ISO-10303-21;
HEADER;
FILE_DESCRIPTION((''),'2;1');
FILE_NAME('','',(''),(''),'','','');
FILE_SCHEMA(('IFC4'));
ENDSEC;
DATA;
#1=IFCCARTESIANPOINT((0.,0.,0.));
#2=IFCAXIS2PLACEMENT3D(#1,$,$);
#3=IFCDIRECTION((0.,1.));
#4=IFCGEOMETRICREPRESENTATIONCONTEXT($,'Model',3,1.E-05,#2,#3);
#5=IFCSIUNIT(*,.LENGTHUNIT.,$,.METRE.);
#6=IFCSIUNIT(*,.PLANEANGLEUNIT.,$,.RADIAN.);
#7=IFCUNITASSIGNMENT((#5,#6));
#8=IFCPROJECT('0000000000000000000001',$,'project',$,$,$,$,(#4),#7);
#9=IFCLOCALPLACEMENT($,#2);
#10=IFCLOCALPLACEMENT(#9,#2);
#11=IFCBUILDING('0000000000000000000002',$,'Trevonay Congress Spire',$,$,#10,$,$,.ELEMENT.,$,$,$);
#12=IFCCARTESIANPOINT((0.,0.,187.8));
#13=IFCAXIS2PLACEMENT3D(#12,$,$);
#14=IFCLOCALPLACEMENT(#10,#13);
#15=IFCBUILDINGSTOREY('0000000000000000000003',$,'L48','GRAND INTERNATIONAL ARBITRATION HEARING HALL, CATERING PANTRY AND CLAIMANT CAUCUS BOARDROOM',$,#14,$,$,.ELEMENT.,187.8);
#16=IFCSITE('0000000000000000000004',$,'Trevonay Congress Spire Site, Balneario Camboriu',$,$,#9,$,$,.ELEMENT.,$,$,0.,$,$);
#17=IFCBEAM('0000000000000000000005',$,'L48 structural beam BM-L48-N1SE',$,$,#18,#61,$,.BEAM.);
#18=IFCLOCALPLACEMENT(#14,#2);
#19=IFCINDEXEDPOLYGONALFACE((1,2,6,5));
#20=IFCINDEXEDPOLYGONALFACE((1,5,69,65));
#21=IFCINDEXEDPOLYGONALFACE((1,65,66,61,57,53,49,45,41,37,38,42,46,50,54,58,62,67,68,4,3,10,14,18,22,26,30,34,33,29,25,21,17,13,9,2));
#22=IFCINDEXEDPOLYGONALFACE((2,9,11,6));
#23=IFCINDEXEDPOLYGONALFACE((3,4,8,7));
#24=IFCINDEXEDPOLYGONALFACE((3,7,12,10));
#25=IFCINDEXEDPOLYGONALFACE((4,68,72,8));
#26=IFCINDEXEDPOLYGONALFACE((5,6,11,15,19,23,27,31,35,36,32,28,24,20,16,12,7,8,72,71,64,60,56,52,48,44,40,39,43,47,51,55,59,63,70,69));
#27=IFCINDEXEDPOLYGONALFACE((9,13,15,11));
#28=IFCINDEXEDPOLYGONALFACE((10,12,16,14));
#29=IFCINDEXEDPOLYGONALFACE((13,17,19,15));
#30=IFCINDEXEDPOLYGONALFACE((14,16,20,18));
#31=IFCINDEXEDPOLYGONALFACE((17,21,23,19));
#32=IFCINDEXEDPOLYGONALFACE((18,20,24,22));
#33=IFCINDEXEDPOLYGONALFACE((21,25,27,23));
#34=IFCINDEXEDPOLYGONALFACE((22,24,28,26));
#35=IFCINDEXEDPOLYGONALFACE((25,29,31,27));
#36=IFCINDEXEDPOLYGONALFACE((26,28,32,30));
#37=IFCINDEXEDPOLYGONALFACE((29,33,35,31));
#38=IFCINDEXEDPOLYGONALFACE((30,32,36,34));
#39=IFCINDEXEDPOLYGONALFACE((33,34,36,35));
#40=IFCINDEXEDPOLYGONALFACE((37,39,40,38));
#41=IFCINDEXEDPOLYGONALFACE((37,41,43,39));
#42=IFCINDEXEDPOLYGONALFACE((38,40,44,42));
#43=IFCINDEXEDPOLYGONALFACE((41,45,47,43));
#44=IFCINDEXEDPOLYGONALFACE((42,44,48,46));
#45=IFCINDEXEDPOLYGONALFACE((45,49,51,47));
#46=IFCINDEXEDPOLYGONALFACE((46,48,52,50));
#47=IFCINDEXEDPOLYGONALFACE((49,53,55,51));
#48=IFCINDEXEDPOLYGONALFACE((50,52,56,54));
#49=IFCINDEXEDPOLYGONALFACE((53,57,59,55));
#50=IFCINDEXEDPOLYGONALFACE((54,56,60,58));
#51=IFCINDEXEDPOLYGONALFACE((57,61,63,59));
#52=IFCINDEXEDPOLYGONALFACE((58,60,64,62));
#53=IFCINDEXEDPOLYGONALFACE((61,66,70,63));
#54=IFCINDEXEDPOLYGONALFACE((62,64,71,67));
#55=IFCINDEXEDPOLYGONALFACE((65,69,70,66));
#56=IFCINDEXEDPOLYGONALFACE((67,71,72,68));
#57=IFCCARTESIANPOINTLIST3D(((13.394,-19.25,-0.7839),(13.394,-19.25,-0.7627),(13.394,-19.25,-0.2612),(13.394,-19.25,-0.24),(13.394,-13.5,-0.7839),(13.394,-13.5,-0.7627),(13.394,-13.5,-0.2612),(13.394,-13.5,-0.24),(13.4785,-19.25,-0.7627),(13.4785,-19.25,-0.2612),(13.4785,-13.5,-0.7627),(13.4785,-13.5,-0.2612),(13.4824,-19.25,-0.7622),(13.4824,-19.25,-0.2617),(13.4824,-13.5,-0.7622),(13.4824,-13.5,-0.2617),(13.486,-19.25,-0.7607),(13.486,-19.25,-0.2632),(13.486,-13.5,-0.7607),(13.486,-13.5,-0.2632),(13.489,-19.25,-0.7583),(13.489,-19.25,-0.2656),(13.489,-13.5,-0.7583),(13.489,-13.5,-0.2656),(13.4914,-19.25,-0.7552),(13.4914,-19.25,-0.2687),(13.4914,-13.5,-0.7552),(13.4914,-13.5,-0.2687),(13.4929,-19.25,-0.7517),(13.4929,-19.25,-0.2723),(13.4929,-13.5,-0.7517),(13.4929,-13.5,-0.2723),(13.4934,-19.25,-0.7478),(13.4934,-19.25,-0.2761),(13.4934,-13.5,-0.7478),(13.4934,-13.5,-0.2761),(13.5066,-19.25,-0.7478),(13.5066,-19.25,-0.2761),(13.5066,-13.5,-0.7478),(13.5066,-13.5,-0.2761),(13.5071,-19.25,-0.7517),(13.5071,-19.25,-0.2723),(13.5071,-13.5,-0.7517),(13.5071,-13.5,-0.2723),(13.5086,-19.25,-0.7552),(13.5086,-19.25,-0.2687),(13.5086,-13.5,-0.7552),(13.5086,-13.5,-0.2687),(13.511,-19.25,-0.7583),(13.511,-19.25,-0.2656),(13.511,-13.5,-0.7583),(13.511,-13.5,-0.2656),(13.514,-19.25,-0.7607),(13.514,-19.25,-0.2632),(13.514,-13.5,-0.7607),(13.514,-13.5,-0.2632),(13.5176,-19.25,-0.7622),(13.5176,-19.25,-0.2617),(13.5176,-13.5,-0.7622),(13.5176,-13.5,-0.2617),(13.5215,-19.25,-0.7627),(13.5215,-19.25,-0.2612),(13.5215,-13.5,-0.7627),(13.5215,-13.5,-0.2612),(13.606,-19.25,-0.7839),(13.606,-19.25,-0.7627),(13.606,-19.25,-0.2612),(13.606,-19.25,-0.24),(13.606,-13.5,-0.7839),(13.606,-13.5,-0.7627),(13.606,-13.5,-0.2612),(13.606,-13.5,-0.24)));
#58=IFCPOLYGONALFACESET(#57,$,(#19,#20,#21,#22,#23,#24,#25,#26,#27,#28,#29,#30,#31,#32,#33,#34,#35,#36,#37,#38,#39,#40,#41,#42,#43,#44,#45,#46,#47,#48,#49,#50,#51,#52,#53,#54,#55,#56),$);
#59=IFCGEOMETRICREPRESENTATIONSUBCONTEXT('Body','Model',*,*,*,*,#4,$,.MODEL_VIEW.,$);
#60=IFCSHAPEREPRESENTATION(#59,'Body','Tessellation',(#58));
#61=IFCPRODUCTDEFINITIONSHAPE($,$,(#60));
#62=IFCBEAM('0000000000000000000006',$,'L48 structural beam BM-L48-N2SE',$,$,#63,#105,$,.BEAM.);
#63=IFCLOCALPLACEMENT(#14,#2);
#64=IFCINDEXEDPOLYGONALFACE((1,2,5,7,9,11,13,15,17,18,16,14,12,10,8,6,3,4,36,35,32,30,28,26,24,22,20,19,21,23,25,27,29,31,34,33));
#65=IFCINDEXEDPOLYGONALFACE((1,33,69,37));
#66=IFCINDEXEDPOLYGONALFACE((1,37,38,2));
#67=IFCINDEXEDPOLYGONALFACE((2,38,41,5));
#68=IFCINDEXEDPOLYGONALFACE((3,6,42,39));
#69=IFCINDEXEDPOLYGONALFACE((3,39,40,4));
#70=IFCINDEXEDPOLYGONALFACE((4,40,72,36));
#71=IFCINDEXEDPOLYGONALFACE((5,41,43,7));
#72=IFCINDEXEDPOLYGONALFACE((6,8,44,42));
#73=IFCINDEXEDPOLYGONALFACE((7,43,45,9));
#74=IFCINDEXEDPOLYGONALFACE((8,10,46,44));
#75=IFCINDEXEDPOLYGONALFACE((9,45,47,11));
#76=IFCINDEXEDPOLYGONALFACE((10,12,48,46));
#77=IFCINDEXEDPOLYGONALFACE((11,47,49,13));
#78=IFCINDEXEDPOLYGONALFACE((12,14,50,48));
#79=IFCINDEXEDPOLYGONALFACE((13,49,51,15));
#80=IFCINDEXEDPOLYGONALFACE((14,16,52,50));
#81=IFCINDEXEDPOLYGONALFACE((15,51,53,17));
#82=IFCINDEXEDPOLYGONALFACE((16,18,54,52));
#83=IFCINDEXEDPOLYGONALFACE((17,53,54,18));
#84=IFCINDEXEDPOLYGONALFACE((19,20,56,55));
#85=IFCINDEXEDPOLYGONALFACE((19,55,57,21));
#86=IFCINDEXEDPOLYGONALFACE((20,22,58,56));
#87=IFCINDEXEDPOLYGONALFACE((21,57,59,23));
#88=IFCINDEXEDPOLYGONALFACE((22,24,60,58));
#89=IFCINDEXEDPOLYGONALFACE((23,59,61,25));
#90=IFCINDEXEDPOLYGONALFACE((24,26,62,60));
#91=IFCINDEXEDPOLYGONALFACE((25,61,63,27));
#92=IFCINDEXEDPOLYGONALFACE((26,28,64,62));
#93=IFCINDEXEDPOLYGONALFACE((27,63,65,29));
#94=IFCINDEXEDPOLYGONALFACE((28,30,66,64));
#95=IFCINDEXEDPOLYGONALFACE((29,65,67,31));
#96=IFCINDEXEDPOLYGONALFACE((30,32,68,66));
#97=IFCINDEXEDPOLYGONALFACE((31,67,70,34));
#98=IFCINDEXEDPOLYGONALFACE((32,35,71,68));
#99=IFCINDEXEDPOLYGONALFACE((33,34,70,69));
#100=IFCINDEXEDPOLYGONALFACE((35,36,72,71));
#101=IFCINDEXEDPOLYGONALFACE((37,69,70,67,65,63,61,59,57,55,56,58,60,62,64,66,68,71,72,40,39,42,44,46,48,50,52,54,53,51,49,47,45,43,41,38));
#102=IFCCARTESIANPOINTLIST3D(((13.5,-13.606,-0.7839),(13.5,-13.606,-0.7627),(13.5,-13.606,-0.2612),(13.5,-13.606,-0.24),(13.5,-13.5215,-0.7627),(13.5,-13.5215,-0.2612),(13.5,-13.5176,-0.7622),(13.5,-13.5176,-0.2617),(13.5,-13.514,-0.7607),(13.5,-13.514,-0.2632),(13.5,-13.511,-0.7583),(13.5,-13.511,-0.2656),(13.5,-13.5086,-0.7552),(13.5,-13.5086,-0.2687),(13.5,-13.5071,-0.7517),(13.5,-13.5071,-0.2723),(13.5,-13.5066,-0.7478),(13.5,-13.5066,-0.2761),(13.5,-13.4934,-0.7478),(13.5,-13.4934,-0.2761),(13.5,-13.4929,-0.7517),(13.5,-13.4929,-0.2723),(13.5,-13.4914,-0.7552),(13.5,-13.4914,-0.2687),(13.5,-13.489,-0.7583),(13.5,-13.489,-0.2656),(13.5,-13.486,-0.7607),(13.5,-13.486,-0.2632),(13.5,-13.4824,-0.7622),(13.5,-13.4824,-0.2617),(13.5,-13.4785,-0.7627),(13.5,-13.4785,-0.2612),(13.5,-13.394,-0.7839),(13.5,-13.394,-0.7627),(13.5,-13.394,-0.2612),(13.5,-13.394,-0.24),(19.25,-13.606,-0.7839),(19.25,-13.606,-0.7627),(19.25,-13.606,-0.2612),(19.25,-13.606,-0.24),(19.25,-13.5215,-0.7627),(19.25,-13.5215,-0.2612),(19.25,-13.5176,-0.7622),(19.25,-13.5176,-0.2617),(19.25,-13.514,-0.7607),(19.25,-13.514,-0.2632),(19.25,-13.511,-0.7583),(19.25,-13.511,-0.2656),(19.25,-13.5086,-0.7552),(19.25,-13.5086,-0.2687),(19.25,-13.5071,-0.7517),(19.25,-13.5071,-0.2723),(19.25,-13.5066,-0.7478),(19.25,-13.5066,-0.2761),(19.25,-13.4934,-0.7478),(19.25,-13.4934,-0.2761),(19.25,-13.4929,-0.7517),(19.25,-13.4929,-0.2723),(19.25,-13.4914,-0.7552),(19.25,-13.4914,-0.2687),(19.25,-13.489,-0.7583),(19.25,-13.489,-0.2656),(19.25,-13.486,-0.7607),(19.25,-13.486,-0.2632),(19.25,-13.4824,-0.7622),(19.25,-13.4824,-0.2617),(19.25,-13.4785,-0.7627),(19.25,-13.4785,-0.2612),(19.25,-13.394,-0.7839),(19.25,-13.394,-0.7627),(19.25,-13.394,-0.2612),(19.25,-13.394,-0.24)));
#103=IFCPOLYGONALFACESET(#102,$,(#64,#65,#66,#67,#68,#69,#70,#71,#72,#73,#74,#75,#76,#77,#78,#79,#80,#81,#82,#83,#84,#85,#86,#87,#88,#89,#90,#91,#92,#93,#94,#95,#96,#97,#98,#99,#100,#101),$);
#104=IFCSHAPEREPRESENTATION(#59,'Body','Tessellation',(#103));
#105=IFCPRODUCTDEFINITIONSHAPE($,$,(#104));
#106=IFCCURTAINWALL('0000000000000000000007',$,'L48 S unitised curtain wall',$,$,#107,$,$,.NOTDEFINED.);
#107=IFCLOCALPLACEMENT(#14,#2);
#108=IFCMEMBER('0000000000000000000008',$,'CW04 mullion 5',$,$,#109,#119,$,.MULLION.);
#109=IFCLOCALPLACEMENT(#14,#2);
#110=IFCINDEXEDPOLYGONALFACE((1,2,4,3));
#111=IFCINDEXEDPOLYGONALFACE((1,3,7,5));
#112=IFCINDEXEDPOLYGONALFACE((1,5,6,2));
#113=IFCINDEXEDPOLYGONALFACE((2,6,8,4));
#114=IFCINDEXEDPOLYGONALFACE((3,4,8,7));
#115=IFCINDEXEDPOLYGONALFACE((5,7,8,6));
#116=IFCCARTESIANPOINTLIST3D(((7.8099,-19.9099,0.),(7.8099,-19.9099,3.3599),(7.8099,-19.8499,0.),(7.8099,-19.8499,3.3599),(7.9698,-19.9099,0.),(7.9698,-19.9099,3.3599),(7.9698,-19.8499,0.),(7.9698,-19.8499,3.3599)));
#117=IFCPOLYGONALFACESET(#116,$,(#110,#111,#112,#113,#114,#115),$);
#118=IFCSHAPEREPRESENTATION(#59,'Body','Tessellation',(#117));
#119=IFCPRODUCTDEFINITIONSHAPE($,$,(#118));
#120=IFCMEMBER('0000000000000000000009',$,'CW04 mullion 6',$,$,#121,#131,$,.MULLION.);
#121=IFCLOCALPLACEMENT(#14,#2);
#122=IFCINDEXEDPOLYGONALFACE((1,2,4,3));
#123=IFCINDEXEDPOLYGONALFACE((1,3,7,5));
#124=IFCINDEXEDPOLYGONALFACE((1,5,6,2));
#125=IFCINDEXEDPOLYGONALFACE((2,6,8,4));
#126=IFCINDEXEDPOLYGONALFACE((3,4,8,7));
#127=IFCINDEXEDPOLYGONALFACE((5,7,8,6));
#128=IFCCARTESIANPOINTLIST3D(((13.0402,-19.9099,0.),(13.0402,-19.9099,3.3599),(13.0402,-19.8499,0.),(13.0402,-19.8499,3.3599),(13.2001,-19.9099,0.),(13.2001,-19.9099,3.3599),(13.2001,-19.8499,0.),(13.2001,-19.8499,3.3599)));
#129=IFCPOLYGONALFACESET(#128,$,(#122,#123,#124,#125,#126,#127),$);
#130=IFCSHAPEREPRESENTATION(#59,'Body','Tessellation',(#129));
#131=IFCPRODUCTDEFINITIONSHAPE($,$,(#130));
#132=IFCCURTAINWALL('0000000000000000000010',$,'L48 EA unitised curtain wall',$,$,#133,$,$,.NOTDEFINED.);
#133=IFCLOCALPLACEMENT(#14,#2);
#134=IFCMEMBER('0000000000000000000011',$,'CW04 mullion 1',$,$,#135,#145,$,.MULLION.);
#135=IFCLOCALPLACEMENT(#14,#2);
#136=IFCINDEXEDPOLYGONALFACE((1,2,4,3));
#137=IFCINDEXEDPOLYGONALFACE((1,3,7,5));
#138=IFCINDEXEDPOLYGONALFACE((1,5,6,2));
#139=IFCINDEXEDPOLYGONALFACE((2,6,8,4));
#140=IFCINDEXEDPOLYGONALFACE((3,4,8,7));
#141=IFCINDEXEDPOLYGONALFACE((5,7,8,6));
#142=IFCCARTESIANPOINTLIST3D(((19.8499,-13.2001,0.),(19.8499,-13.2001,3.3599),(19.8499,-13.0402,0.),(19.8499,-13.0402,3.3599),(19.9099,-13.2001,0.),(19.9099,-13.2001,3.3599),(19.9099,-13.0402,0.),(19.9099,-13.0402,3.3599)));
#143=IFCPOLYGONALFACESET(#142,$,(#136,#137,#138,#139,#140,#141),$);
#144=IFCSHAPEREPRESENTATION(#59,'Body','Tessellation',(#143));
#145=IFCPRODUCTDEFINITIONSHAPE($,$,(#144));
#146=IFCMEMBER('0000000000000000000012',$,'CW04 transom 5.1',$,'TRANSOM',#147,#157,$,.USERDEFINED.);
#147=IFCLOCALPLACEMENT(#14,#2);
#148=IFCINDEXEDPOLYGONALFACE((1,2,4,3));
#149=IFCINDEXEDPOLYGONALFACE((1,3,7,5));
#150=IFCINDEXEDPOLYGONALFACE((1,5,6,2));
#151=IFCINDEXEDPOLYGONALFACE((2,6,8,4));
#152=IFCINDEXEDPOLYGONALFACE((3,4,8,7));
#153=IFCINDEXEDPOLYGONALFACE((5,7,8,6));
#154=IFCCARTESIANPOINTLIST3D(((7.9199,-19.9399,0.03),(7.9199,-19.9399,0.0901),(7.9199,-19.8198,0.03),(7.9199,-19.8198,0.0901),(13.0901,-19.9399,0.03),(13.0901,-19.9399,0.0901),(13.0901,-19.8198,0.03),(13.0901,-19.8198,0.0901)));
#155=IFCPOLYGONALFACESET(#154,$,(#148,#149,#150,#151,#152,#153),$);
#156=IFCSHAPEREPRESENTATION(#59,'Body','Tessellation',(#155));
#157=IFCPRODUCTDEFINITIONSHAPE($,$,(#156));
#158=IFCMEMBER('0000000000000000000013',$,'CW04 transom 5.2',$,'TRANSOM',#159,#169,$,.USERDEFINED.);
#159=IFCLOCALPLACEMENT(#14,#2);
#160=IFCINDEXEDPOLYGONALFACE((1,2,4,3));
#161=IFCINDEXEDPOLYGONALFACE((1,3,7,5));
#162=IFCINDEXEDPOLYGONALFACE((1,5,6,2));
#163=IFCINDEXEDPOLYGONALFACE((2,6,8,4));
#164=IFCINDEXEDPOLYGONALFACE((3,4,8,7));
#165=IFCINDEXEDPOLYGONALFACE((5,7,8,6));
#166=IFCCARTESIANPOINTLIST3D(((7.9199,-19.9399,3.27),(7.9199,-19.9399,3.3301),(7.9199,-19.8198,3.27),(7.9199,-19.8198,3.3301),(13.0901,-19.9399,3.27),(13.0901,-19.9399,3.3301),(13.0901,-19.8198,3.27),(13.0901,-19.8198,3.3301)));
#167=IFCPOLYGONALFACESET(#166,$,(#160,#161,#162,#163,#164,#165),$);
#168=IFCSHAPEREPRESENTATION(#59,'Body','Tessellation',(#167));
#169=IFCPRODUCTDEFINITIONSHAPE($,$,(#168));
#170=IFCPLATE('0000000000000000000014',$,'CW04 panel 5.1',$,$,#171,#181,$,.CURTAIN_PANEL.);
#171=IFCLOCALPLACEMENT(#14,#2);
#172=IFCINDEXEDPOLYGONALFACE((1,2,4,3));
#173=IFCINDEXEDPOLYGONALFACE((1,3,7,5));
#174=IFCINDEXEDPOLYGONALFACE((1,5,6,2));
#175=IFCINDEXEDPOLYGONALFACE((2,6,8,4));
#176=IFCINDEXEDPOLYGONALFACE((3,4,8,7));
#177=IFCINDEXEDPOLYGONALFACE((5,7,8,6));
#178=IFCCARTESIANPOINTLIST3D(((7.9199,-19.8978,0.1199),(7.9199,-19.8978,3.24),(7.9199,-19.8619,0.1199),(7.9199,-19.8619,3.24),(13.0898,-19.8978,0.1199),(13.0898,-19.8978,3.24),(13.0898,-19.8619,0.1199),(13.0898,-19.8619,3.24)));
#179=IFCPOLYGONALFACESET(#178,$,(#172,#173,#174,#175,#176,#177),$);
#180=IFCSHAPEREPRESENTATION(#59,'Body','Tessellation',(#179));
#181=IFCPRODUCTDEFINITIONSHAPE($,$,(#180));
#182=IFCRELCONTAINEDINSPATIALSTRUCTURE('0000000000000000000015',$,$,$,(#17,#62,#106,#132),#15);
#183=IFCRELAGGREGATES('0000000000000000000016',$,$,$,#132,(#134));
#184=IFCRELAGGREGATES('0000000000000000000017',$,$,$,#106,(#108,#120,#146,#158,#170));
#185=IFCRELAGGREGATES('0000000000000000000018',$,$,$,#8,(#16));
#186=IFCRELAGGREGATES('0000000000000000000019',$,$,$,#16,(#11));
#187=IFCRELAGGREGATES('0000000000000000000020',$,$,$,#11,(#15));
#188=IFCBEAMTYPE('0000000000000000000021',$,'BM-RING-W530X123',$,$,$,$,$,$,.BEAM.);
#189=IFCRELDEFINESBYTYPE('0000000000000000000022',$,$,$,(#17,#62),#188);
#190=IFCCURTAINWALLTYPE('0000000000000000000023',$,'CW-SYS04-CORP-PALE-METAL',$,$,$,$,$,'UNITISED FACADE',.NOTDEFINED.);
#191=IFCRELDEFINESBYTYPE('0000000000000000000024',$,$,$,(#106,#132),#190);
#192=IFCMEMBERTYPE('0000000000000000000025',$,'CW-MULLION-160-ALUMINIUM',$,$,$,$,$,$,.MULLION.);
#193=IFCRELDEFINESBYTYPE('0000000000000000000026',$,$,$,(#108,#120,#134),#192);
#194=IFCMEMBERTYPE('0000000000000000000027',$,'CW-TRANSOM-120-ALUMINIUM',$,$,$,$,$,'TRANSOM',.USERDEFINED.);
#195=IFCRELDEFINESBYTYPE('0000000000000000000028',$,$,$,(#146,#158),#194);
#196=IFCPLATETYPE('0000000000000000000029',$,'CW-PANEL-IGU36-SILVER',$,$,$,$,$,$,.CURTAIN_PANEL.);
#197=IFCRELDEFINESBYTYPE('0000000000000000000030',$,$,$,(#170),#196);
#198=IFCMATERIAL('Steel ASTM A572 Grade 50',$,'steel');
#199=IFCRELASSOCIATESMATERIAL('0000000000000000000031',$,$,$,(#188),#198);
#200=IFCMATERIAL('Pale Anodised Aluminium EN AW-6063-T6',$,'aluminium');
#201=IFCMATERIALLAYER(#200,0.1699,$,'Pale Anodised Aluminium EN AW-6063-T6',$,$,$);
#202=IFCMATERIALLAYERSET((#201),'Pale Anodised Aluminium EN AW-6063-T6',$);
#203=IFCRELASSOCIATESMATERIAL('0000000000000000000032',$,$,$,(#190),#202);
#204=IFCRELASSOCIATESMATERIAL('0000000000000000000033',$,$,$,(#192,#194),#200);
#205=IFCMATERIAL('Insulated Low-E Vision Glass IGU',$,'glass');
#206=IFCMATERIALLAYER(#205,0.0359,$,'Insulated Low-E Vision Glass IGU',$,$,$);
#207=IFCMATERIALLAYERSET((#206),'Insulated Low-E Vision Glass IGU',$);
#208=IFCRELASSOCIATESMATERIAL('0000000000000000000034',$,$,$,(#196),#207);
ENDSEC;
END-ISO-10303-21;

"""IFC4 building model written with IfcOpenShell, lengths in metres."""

from ifc_helpers import new_model, si_unit, direction, frame, origin, origin_2d, place, context, subcontext, project, spatial, rectangle, i_section, extrude, material, layer, layer_set, material_profile, profile_set, type_object, element, aggregate, save


model = new_model("IFC4")

# Units and contexts
model_context = context("Model", 3, precision=1e-05, world=origin(), true_north=direction((0.0, 1.0)))
body_context = subcontext(model_context, "Body", "Model", "MODEL_VIEW")
ifc_project = project(units=[si_unit("LENGTHUNIT", "METRE"), si_unit("PLANEANGLEUNIT", "RADIAN")], contexts=[model_context])

# Site, building, storey
site_placement = place(None, origin())
site = spatial("IfcSite", under=ifc_project, at=site_placement, Name="Trevonay Congress Spire Site, Balneario Camboriu", CompositionType="ELEMENT", RefElevation=0.0)
building_placement = place(site_placement, origin())
building = spatial("IfcBuilding", under=site, at=building_placement, Name="Trevonay Congress Spire", CompositionType="ELEMENT")
storey_placement = place(building_placement, frame((0.0, 0.0, 187.8)))
storey = spatial("IfcBuildingStorey", under=building, at=storey_placement, Name="L48", Description="GRAND INTERNATIONAL ARBITRATION HEARING HALL, CATERING PANTRY AND CLAIMANT CAUCUS BOARDROOM", CompositionType="ELEMENT", Elevation=187.8)

# Shared definitions
ifc_material_1 = material(Name="Steel ASTM A572 Grade 50", Category="steel")

# Beams
ifc_material_profile_1 = material_profile(ifc_material_1, i_section(OverallWidth=0.2119, OverallDepth=0.5439, WebThickness=0.0132, FlangeThickness=0.0212, FilletRadius=0.0149, at=origin_2d()), Name="W530x123")
ifc_profile_set_1 = profile_set([ifc_material_profile_1], Name="Steel ASTM A572 Grade 50")
beam_type = type_object("IfcBeamType", Name="BM-RING-W530X123", PredefinedType="BEAM", material=ifc_profile_set_1)
for number, where, z_axis, x_axis, name in (
    (1, (13.5, -19.25, -0.512), (0.0, 1.0, 0.0), (-1.0, 0.0, 0.0), "L48 structural beam BM-L48-N1SE"),
    (2, (19.25, -13.5, -0.512), (-1.0, 0.0, 0.0), (0.0, -1.0, 0.0), "L48 structural beam BM-L48-N2SE"),
):
    element("IfcBeam", number, at=place(storey_placement, frame(where, z_axis=z_axis, x_axis=x_axis)), inside=storey, type_object=beam_type, Name=name, PredefinedType="BEAM", context=body_context, shape_type="SweptSolid", body=[
        extrude(i_section(OverallWidth=0.2119, OverallDepth=0.5439, WebThickness=0.0132, FlangeThickness=0.0212, FilletRadius=0.0149, at=origin_2d()), origin(), (0.0, 0.0, 1.0), 5.75),
    ])

# Curtain wall, members
ifc_material_2 = material(Name="Pale Anodised Aluminium EN AW-6063-T6", Category="aluminium")
ifc_layer_1 = layer(ifc_material_2, 0.1699, Name="Pale Anodised Aluminium EN AW-6063-T6")
ifc_layer_set_1 = layer_set([ifc_layer_1], Name="Pale Anodised Aluminium EN AW-6063-T6")
curtain_wall_type = type_object("IfcCurtainWallType", Name="CW-SYS04-CORP-PALE-METAL", ElementType="UNITISED FACADE", PredefinedType="NOTDEFINED", material=ifc_layer_set_1)
curtain_wall_1_placement = place(storey_placement, origin())
curtain_wall_1 = element("IfcCurtainWall", 3, at=curtain_wall_1_placement, inside=storey, type_object=curtain_wall_type, Name="L48 S unitised curtain wall", PredefinedType="NOTDEFINED")
ifc_material_profile_2 = material_profile(ifc_material_2, rectangle(XDim=0.0601, YDim=0.1599, at=origin_2d()), Name="CW-MULLION-160-ALUMINIUM")
ifc_profile_set_2 = profile_set([ifc_material_profile_2], Name="Pale Anodised Aluminium EN AW-6063-T6")
member_type_1 = type_object("IfcMemberType", Name="CW-MULLION-160-ALUMINIUM", PredefinedType="MULLION", material=ifc_profile_set_2)
member_1_placement = place(storey_placement, frame((7.8899, -19.8799, 0.0), z_axis=(0.0, 0.0, 1.0), x_axis=(0.0, 1.0, 0.0)))
member_1 = element("IfcMember", 4, at=member_1_placement, type_object=member_type_1, Name="CW04 mullion 5", PredefinedType="MULLION", context=body_context, shape_type="SweptSolid", body=[
    extrude(rectangle(XDim=0.0601, YDim=0.1599, at=origin_2d()), origin(), (0.0, 0.0, 1.0), 3.3599),
])
member_2_placement = place(storey_placement, frame((13.1201, -19.8799, 0.0), z_axis=(0.0, 0.0, 1.0), x_axis=(0.0, 1.0, 0.0)))
member_2 = element("IfcMember", 5, at=member_2_placement, type_object=member_type_1, Name="CW04 mullion 6", PredefinedType="MULLION", context=body_context, shape_type="SweptSolid", body=[
    extrude(rectangle(XDim=0.0601, YDim=0.1599, at=origin_2d()), origin(), (0.0, 0.0, 1.0), 3.3599),
])

# Curtain wall, member
curtain_wall_2_placement = place(storey_placement, origin())
curtain_wall_2 = element("IfcCurtainWall", 6, at=curtain_wall_2_placement, inside=storey, type_object=curtain_wall_type, Name="L48 EA unitised curtain wall", PredefinedType="NOTDEFINED")
member_3_placement = place(storey_placement, frame((19.8799, -13.1201, 0.0), z_axis=(0.0, 0.0, 1.0), x_axis=(-1.0, 0.0, 0.0)))
member_3 = element("IfcMember", 7, at=member_3_placement, type_object=member_type_1, Name="CW04 mullion 1", PredefinedType="MULLION", context=body_context, shape_type="SweptSolid", body=[
    extrude(rectangle(XDim=0.0601, YDim=0.1599, at=origin_2d()), origin(), (0.0, 0.0, 1.0), 3.3599),
])
aggregate(curtain_wall_2, [member_3])

# Members
ifc_material_profile_3 = material_profile(ifc_material_2, rectangle(XDim=0.1201, YDim=0.0601, at=origin_2d()), Name="CW-TRANSOM-120-ALUMINIUM")
ifc_profile_set_3 = profile_set([ifc_material_profile_3], Name="Pale Anodised Aluminium EN AW-6063-T6")
member_type_2 = type_object("IfcMemberType", Name="CW-TRANSOM-120-ALUMINIUM", ElementType="TRANSOM", PredefinedType="USERDEFINED", material=ifc_profile_set_3)
member_4_placement = place(storey_placement, frame((7.9199, -19.8799, 0.0601), z_axis=(1.0, 0.0, 0.0), x_axis=(0.0, 1.0, 0.0)))
member_4 = element("IfcMember", 8, at=member_4_placement, type_object=member_type_2, Name="CW04 transom 5.1", ObjectType="TRANSOM", PredefinedType="USERDEFINED", context=body_context, shape_type="SweptSolid", body=[
    extrude(rectangle(XDim=0.1201, YDim=0.0601, at=origin_2d()), origin(), (0.0, 0.0, 1.0), 5.1702),
])
member_5_placement = place(storey_placement, frame((7.9199, -19.8799, 3.3), z_axis=(1.0, 0.0, 0.0), x_axis=(0.0, 1.0, 0.0)))
member_5 = element("IfcMember", 9, at=member_5_placement, type_object=member_type_2, Name="CW04 transom 5.2", ObjectType="TRANSOM", PredefinedType="USERDEFINED", context=body_context, shape_type="SweptSolid", body=[
    extrude(rectangle(XDim=0.1201, YDim=0.0601, at=origin_2d()), origin(), (0.0, 0.0, 1.0), 5.1702),
])

# Plate
ifc_material_3 = material(Name="Insulated Low-E Vision Glass IGU", Category="glass")
ifc_layer_2 = layer(ifc_material_3, 0.0359, Name="Insulated Low-E Vision Glass IGU")
ifc_layer_set_2 = layer_set([ifc_layer_2], Name="Insulated Low-E Vision Glass IGU")
plate_type = type_object("IfcPlateType", Name="CW-PANEL-IGU36-SILVER", PredefinedType="CURTAIN_PANEL", material=ifc_layer_set_2)
plate_placement = place(storey_placement, frame((10.5049, -19.8799, 0.1199), z_axis=(0.0, 0.0, 1.0), x_axis=(1.0, 0.0, 0.0)))
plate = element("IfcPlate", 10, at=plate_placement, type_object=plate_type, Name="CW04 panel 5.1", PredefinedType="CURTAIN_PANEL", context=body_context, shape_type="SweptSolid", body=[
    extrude(rectangle(XDim=5.1699, YDim=0.0359, at=origin_2d()), origin(), (0.0, 0.0, 1.0), 3.1201),
])
aggregate(curtain_wall_1, [member_1, member_2, member_4, member_5, plate])

save(model, "model.ifc")
